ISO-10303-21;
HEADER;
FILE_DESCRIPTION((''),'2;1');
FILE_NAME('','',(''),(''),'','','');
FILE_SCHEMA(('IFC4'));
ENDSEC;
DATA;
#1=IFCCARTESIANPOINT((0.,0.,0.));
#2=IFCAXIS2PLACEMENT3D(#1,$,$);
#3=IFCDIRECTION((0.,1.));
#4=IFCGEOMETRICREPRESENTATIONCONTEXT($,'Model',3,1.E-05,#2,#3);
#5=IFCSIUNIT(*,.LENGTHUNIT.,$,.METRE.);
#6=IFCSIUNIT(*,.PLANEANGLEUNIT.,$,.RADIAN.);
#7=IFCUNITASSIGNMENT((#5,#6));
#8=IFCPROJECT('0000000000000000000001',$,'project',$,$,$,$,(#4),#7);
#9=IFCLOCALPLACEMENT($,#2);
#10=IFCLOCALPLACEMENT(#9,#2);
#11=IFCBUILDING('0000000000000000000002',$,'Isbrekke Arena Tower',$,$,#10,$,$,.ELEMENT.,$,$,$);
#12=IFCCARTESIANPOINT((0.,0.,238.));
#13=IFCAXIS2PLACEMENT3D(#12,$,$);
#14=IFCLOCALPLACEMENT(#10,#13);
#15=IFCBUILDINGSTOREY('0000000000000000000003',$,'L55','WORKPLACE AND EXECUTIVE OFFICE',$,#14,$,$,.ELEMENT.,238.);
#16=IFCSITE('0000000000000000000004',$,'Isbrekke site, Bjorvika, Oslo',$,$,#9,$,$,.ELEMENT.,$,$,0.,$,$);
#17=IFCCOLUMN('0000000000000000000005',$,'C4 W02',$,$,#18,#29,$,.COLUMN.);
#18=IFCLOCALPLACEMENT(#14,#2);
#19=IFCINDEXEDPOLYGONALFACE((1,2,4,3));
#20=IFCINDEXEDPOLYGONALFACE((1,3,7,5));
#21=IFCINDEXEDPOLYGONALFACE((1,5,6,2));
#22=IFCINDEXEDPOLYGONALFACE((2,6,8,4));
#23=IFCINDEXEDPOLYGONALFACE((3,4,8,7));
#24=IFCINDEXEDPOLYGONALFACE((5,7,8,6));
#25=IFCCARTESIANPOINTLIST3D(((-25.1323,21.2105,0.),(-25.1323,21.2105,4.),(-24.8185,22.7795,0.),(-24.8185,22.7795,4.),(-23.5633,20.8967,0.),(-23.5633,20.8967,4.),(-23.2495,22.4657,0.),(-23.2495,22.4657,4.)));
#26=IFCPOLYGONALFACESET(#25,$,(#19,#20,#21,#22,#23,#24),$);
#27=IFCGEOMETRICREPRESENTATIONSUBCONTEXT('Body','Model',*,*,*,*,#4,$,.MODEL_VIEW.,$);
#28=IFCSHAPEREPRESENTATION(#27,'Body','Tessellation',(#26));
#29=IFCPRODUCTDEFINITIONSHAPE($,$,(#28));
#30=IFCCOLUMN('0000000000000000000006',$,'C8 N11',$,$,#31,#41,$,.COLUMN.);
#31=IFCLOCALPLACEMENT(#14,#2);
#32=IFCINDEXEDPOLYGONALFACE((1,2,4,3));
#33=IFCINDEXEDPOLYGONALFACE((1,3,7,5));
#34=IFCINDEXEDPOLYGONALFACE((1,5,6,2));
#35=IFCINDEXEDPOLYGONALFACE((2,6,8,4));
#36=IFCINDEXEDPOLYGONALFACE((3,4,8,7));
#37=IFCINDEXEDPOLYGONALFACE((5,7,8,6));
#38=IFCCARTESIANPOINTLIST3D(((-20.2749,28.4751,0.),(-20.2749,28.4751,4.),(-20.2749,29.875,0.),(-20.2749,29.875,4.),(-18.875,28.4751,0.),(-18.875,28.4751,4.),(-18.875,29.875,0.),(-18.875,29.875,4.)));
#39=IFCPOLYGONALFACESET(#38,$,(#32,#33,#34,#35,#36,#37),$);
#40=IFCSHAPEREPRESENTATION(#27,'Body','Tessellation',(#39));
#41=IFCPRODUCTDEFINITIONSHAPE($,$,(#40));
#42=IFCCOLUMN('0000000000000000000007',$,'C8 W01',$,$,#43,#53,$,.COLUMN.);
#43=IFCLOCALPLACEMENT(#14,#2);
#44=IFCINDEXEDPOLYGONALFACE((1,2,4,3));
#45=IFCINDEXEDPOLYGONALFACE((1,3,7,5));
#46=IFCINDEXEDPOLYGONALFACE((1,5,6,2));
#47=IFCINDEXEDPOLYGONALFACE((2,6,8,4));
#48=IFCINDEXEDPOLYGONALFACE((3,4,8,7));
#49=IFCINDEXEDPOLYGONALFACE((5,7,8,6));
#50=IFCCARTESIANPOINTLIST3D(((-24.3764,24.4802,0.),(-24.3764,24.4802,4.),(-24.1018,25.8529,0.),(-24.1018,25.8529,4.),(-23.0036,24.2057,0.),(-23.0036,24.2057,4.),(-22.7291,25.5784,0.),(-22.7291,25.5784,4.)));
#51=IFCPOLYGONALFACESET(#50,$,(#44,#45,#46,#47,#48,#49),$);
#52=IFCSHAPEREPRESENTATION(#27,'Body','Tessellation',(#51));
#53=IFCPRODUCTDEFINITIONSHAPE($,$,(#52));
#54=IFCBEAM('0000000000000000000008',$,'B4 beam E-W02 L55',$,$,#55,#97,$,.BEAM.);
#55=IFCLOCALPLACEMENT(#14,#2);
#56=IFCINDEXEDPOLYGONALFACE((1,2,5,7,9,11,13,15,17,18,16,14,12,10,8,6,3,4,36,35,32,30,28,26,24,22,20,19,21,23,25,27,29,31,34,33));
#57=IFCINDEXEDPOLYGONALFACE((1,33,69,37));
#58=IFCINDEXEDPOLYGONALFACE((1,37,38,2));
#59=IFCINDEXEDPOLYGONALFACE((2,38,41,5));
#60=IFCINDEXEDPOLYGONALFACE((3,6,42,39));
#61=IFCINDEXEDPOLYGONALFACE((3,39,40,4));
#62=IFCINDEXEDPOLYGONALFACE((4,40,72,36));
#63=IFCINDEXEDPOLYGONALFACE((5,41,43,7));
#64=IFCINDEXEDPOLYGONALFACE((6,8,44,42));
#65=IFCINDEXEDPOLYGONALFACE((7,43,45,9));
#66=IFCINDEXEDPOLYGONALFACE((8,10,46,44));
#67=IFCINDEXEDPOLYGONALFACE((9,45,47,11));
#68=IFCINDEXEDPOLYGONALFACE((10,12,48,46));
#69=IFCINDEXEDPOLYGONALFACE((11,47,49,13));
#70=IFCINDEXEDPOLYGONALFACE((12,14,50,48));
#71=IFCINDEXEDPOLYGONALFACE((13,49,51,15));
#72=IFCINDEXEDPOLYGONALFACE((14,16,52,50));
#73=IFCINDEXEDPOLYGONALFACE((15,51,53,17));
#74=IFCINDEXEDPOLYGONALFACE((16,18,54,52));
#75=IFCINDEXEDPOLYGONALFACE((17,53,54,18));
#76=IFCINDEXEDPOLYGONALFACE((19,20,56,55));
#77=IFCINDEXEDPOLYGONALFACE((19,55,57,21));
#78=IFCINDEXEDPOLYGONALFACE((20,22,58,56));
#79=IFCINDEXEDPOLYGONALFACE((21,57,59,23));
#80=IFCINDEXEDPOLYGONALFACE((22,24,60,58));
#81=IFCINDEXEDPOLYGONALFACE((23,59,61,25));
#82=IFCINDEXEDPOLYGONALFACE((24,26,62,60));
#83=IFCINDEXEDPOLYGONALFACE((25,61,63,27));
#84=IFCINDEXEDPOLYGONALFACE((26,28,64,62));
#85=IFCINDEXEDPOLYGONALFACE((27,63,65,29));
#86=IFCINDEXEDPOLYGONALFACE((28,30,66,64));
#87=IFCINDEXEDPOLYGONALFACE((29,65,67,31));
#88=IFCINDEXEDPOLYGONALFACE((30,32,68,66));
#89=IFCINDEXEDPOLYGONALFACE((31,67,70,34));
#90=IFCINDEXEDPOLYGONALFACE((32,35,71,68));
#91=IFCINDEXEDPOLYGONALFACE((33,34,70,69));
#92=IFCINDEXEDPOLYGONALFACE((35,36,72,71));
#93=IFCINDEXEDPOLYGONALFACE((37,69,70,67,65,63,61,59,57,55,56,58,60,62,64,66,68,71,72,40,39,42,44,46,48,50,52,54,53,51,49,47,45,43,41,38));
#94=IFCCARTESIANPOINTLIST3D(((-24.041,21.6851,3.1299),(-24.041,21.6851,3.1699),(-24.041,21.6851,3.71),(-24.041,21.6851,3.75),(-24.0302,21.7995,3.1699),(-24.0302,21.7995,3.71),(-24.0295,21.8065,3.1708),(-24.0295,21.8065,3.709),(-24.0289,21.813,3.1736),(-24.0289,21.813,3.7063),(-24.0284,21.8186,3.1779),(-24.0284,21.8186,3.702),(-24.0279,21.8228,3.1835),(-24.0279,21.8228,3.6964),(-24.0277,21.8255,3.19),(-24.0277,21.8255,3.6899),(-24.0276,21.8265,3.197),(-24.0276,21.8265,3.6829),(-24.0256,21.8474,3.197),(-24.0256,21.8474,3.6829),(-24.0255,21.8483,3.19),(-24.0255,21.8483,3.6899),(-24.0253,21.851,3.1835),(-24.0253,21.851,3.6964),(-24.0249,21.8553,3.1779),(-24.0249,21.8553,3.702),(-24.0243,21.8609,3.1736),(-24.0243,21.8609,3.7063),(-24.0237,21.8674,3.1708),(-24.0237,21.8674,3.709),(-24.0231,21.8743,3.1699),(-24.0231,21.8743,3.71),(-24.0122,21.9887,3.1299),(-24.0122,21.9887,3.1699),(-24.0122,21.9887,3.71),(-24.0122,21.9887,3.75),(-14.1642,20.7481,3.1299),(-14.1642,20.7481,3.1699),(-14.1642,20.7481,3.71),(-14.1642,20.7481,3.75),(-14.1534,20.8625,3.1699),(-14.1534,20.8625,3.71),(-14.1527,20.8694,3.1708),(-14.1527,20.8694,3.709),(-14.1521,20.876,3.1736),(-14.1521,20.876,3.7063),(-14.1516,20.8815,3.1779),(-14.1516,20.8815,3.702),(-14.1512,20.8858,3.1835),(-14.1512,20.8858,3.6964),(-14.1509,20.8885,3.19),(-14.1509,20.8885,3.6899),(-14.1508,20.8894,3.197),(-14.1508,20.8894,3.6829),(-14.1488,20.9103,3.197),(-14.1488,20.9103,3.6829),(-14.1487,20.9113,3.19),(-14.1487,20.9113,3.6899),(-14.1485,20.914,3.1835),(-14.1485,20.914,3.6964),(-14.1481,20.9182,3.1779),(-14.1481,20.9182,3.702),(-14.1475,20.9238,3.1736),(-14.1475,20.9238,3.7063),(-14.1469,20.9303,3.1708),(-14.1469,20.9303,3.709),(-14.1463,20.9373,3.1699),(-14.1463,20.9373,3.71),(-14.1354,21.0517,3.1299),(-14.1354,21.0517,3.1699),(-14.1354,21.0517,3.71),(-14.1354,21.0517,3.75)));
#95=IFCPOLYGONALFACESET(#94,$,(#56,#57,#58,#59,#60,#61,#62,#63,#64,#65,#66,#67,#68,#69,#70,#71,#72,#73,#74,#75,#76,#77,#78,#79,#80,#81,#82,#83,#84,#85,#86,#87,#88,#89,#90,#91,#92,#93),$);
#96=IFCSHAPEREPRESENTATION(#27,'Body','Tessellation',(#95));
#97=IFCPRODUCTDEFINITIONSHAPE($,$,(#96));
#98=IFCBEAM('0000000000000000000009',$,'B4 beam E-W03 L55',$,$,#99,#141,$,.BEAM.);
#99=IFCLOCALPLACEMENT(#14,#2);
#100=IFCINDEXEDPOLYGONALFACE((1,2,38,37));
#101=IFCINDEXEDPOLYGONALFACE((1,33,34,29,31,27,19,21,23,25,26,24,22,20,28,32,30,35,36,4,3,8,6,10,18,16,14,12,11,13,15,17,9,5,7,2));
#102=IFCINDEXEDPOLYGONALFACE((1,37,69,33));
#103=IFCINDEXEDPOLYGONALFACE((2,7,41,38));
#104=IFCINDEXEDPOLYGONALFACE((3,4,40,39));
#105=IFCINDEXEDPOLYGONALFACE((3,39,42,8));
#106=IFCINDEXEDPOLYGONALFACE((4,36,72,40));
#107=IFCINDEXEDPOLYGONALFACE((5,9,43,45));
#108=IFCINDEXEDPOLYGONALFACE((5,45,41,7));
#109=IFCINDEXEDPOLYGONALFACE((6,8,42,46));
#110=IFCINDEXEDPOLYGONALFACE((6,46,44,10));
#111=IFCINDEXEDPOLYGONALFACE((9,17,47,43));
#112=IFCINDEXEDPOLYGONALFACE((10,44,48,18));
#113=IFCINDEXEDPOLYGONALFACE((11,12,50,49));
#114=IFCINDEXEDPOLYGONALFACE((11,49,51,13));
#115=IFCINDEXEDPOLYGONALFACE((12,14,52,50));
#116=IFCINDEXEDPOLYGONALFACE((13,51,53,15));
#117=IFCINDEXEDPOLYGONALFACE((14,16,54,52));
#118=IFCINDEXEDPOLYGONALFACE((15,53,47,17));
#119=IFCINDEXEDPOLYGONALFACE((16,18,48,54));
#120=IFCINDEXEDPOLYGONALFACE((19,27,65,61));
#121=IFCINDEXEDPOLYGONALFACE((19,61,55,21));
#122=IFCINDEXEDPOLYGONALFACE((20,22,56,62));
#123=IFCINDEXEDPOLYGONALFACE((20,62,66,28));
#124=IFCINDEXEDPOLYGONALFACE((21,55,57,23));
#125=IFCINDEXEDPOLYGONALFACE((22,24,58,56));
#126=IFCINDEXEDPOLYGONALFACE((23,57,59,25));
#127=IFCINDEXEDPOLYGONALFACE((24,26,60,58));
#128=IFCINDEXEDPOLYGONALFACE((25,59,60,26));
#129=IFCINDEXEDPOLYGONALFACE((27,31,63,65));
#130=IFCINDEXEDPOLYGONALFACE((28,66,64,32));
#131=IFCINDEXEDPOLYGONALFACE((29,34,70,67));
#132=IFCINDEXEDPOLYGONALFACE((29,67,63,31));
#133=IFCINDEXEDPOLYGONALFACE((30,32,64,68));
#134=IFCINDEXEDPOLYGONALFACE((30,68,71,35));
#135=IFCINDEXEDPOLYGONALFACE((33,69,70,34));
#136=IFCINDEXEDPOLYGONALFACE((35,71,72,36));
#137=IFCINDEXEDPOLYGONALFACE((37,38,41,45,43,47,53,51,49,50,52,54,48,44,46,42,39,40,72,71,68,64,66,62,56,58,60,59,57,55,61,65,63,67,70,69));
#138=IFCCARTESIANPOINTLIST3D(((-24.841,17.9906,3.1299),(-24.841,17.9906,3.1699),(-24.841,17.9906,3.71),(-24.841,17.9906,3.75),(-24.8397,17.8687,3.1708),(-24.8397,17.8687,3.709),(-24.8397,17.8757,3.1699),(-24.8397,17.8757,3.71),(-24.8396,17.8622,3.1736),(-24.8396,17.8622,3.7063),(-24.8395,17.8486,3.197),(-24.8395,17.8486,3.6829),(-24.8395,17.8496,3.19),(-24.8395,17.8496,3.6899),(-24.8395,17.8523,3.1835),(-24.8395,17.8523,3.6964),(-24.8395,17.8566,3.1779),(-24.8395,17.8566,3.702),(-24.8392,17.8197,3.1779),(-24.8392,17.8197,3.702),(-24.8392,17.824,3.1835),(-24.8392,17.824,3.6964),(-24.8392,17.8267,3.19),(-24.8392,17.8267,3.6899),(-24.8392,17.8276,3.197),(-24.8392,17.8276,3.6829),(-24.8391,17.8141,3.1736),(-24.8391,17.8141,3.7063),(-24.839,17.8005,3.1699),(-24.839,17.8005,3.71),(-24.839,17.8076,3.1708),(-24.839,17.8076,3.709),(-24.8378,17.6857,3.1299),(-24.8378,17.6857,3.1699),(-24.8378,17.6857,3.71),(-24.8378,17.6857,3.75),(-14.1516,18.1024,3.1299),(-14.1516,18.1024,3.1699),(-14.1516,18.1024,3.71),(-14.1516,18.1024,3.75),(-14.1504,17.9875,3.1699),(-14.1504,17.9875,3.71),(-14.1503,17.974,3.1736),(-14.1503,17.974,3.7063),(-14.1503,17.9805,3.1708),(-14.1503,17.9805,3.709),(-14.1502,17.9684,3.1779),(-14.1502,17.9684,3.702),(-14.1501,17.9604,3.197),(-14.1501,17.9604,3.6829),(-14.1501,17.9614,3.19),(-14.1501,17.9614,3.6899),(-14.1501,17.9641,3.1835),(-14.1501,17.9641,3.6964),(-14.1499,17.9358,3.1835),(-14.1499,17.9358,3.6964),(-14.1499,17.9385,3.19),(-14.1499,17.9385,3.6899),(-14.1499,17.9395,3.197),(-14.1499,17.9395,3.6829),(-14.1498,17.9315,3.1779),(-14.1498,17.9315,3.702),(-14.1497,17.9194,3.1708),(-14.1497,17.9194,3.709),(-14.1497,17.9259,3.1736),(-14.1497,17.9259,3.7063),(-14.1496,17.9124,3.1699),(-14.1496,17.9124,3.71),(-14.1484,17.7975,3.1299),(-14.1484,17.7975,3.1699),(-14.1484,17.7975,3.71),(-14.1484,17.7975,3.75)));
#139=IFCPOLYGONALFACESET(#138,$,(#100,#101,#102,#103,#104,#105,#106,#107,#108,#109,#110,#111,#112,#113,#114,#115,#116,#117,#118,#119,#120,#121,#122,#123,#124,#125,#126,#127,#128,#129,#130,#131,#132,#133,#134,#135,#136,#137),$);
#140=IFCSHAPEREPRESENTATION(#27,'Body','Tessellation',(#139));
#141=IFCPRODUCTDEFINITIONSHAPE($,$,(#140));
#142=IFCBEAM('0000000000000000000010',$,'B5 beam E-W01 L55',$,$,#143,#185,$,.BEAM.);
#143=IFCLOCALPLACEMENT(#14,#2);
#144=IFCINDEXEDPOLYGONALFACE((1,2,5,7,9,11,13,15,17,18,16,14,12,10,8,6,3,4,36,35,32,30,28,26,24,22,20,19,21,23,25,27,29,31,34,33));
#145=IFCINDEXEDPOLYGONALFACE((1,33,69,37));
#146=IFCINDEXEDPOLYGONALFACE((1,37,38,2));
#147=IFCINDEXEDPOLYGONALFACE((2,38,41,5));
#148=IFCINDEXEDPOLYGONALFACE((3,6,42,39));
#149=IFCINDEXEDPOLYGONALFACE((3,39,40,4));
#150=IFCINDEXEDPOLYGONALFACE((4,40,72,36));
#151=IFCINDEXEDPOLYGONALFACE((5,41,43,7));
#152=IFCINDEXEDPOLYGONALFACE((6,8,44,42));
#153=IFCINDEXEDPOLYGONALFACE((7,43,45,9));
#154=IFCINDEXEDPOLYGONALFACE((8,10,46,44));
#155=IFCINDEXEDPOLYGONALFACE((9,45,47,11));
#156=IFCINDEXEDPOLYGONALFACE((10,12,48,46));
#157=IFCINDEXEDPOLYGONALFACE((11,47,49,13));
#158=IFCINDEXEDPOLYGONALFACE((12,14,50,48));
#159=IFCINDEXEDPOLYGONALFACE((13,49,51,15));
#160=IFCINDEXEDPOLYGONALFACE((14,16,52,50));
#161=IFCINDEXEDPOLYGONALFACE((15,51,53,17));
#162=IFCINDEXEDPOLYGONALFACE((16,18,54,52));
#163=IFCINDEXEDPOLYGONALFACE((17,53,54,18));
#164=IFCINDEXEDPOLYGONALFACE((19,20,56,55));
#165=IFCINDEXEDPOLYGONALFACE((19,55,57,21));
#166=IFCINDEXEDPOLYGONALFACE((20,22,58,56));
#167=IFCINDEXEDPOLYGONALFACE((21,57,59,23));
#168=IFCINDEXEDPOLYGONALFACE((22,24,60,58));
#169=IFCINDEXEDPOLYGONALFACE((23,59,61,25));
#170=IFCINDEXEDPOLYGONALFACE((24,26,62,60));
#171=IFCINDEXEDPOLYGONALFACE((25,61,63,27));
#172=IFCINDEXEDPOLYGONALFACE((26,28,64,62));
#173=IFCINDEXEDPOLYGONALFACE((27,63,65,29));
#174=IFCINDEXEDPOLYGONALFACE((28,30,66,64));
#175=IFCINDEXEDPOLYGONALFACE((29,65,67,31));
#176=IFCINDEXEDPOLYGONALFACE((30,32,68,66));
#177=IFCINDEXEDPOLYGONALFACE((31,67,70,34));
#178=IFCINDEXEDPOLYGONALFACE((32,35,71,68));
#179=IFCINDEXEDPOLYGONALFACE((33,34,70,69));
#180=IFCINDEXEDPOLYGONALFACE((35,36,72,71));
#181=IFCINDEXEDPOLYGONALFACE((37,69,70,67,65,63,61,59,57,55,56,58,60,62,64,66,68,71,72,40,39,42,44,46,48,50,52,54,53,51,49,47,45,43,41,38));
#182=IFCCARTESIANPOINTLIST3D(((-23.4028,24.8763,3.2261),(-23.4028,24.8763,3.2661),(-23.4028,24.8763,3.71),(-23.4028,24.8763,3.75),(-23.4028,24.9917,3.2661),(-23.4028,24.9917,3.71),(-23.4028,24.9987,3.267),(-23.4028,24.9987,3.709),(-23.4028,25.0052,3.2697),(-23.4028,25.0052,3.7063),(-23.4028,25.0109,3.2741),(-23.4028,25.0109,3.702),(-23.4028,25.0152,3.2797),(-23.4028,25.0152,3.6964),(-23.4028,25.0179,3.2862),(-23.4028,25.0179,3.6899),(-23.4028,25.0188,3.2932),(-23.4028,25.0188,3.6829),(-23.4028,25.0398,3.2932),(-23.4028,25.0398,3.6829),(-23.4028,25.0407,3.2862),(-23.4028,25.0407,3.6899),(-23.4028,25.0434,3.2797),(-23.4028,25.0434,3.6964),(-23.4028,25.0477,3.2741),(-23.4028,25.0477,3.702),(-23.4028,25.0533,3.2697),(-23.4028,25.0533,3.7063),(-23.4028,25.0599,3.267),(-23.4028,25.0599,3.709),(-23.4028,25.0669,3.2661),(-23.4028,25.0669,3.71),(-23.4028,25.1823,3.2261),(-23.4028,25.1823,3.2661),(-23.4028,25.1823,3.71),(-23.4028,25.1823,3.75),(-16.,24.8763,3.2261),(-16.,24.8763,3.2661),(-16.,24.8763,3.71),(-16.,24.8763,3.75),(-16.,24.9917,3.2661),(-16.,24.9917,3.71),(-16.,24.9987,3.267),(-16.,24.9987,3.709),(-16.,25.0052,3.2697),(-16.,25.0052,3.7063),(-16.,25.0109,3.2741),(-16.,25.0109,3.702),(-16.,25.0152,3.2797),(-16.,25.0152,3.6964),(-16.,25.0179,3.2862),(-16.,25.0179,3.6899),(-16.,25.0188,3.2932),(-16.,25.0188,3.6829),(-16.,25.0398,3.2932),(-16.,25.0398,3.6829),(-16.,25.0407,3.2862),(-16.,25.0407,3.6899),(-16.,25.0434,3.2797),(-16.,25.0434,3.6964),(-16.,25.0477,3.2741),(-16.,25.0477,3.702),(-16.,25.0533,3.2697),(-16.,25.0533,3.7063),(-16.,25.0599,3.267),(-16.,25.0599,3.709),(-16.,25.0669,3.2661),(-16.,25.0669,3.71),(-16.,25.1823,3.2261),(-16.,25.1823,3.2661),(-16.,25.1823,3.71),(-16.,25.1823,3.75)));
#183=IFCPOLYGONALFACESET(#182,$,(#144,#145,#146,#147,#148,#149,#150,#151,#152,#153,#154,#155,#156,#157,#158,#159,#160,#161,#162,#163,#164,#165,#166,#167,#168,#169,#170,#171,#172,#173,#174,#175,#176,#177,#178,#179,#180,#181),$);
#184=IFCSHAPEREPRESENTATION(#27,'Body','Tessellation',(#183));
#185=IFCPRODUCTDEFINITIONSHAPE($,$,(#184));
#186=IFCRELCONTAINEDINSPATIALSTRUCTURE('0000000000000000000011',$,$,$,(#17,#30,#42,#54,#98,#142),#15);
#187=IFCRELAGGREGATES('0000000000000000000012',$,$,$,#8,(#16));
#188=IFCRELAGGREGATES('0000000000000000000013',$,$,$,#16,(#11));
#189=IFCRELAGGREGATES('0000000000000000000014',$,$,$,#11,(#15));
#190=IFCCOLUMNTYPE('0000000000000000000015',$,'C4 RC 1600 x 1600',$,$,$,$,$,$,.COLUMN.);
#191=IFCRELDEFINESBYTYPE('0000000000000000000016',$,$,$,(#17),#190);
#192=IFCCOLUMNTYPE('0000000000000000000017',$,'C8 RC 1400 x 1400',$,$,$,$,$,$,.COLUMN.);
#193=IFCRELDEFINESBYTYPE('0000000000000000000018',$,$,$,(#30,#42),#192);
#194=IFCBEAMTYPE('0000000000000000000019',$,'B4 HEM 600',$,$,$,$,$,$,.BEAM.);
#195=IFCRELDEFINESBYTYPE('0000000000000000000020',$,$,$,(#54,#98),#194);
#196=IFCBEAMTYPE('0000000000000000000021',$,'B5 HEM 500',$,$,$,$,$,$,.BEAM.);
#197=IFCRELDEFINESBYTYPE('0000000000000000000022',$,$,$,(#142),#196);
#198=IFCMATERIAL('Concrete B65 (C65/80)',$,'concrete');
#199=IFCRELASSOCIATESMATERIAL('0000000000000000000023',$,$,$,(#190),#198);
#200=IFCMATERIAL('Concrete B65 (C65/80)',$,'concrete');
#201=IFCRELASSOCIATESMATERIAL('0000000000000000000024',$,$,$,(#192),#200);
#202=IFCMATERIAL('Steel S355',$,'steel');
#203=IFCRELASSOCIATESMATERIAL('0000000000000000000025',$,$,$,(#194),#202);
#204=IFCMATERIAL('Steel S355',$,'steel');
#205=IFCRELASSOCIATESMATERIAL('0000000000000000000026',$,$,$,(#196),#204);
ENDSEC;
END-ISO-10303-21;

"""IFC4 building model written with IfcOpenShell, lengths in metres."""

from ifc_helpers import new_model, si_unit, direction, frame, origin, origin_2d, place, context, subcontext, project, spatial, rectangle, i_section, extrude, material, material_profile, profile_set, type_object, element, save


model = new_model("IFC4")

# Units and contexts
model_context = context("Model", 3, precision=1e-05, world=origin(), true_north=direction((0.0, 1.0)))
body_context = subcontext(model_context, "Body", "Model", "MODEL_VIEW")
ifc_project = project(units=[si_unit("LENGTHUNIT", "METRE"), si_unit("PLANEANGLEUNIT", "RADIAN")], contexts=[model_context])

# Site, building, storey
site_placement = place(None, origin())
site = spatial("IfcSite", under=ifc_project, at=site_placement, Name="Isbrekke site, Bjorvika, Oslo", CompositionType="ELEMENT", RefElevation=0.0)
building_placement = place(site_placement, origin())
building = spatial("IfcBuilding", under=site, at=building_placement, Name="Isbrekke Arena Tower", CompositionType="ELEMENT")
storey_placement = place(building_placement, frame((0.0, 0.0, 238.0)))
storey = spatial("IfcBuildingStorey", under=building, at=storey_placement, Name="L55", Description="WORKPLACE AND EXECUTIVE OFFICE", CompositionType="ELEMENT", Elevation=238.0)

# Columns
ifc_material_1 = material(Name="Concrete B65 (C65/80)", Category="concrete")
ifc_material_profile_1 = material_profile(ifc_material_1, rectangle(XDim=1.6001, YDim=1.6001, at=origin_2d()), Name="RC 1600x1600")
ifc_profile_set_1 = profile_set([ifc_material_profile_1], Name="Concrete B65 (C65/80)")
column_type_1 = type_object("IfcColumnType", Name="C4 RC 1600 x 1600", PredefinedType="COLUMN", material=ifc_profile_set_1)
column_placement = place(storey_placement, frame((-24.1909, 21.8381, 0.0), z_axis=(0.0, 0.0, 1.0), x_axis=(-0.196116, -0.980581, 0.0)))
element("IfcColumn", 1, at=column_placement, inside=storey, type_object=column_type_1, Name="C4 W02", PredefinedType="COLUMN", context=body_context, shape_type="SweptSolid", body=[
    extrude(rectangle(XDim=1.6001, YDim=1.6001, at=origin_2d()), origin(), (0.0, 0.0, 1.0), 4.0),
])
ifc_material_2 = material(Name="Concrete B65 (C65/80)", Category="concrete")
ifc_material_profile_2 = material_profile(ifc_material_2, rectangle(XDim=1.3999, YDim=1.3999, at=origin_2d()), Name="RC 1400x1400")
ifc_profile_set_2 = profile_set([ifc_material_profile_2], Name="Concrete B65 (C65/80)")
column_type_2 = type_object("IfcColumnType", Name="C8 RC 1400 x 1400", PredefinedType="COLUMN", material=ifc_profile_set_2)
for number, where, z_axis, x_axis, name in (
    (2, (-19.575, 29.175, 0.0), (0.0, 0.0, 1.0), (-1.0, 0.0, 0.0), "C8 N11"),
    (3, (-23.5527, 25.0293, 0.0), (0.0, 0.0, 1.0), (-0.196116, -0.980581, 0.0), "C8 W01"),
):
    element("IfcColumn", number, at=place(storey_placement, frame(where, z_axis=z_axis, x_axis=x_axis)), inside=storey, type_object=column_type_2, Name=name, PredefinedType="COLUMN", context=body_context, shape_type="SweptSolid", body=[
        extrude(rectangle(XDim=1.3999, YDim=1.3999, at=origin_2d()), origin(), (0.0, 0.0, 1.0), 4.0),
    ])

# Beams
ifc_material_3 = material(Name="Steel S355", Category="steel")
ifc_material_profile_3 = material_profile(ifc_material_3, i_section(OverallWidth=0.3049, OverallDepth=0.6201, WebThickness=0.021, FlangeThickness=0.04, FilletRadius=0.0271, at=origin_2d()), Name="HEM 600")
ifc_profile_set_3 = profile_set([ifc_material_profile_3], Name="Steel S355")
beam_type_1 = type_object("IfcBeamType", Name="B4 HEM 600", PredefinedType="BEAM", material=ifc_profile_set_3)
beam_1_placement = place(storey_placement, frame((-24.0266, 21.8369, 3.4399), z_axis=(0.99553, -0.094447, 0.0), x_axis=(0.094447, 0.99553, 0.0)))
element("IfcBeam", 4, at=beam_1_placement, inside=storey, type_object=beam_type_1, Name="B4 beam E-W02 L55", PredefinedType="BEAM", context=body_context, shape_type="SweptSolid", body=[
    extrude(i_section(OverallWidth=0.3049, OverallDepth=0.6201, WebThickness=0.021, FlangeThickness=0.04, FilletRadius=0.0271, at=origin_2d()), origin(), (0.0, 0.0, 1.0), 9.9211),
])
beam_2_placement = place(storey_placement, frame((-24.8394, 17.8381, 3.4399), z_axis=(0.999945, 0.01046, 0.0), x_axis=(-0.01046, 0.999945, 0.0)))
element("IfcBeam", 5, at=beam_2_placement, inside=storey, type_object=beam_type_1, Name="B4 beam E-W03 L55", PredefinedType="BEAM", context=body_context, shape_type="SweptSolid", body=[
    extrude(i_section(OverallWidth=0.3049, OverallDepth=0.6201, WebThickness=0.021, FlangeThickness=0.04, FilletRadius=0.0271, at=origin_2d()), origin(), (0.0, 0.0, 1.0), 10.6899),
])
ifc_material_4 = material(Name="Steel S355", Category="steel")
ifc_material_profile_4 = material_profile(ifc_material_4, i_section(OverallWidth=0.3059, OverallDepth=0.5239, WebThickness=0.021, FlangeThickness=0.04, FilletRadius=0.0271, at=origin_2d()), Name="HEM 500")
ifc_profile_set_4 = profile_set([ifc_material_profile_4], Name="Steel S355")
beam_type_2 = type_object("IfcBeamType", Name="B5 HEM 500", PredefinedType="BEAM", material=ifc_profile_set_4)
beam_3_placement = place(storey_placement, frame((-23.4028, 25.0293, 3.488), z_axis=(1.0, 0.0, 0.0), x_axis=(0.0, 1.0, 0.0)))
element("IfcBeam", 6, at=beam_3_placement, inside=storey, type_object=beam_type_2, Name="B5 beam E-W01 L55", PredefinedType="BEAM", context=body_context, shape_type="SweptSolid", body=[
    extrude(i_section(OverallWidth=0.3059, OverallDepth=0.5239, WebThickness=0.021, FlangeThickness=0.04, FilletRadius=0.0271, at=origin_2d()), origin(), (0.0, 0.0, 1.0), 7.4028),
])

save(model, "model.ifc")
